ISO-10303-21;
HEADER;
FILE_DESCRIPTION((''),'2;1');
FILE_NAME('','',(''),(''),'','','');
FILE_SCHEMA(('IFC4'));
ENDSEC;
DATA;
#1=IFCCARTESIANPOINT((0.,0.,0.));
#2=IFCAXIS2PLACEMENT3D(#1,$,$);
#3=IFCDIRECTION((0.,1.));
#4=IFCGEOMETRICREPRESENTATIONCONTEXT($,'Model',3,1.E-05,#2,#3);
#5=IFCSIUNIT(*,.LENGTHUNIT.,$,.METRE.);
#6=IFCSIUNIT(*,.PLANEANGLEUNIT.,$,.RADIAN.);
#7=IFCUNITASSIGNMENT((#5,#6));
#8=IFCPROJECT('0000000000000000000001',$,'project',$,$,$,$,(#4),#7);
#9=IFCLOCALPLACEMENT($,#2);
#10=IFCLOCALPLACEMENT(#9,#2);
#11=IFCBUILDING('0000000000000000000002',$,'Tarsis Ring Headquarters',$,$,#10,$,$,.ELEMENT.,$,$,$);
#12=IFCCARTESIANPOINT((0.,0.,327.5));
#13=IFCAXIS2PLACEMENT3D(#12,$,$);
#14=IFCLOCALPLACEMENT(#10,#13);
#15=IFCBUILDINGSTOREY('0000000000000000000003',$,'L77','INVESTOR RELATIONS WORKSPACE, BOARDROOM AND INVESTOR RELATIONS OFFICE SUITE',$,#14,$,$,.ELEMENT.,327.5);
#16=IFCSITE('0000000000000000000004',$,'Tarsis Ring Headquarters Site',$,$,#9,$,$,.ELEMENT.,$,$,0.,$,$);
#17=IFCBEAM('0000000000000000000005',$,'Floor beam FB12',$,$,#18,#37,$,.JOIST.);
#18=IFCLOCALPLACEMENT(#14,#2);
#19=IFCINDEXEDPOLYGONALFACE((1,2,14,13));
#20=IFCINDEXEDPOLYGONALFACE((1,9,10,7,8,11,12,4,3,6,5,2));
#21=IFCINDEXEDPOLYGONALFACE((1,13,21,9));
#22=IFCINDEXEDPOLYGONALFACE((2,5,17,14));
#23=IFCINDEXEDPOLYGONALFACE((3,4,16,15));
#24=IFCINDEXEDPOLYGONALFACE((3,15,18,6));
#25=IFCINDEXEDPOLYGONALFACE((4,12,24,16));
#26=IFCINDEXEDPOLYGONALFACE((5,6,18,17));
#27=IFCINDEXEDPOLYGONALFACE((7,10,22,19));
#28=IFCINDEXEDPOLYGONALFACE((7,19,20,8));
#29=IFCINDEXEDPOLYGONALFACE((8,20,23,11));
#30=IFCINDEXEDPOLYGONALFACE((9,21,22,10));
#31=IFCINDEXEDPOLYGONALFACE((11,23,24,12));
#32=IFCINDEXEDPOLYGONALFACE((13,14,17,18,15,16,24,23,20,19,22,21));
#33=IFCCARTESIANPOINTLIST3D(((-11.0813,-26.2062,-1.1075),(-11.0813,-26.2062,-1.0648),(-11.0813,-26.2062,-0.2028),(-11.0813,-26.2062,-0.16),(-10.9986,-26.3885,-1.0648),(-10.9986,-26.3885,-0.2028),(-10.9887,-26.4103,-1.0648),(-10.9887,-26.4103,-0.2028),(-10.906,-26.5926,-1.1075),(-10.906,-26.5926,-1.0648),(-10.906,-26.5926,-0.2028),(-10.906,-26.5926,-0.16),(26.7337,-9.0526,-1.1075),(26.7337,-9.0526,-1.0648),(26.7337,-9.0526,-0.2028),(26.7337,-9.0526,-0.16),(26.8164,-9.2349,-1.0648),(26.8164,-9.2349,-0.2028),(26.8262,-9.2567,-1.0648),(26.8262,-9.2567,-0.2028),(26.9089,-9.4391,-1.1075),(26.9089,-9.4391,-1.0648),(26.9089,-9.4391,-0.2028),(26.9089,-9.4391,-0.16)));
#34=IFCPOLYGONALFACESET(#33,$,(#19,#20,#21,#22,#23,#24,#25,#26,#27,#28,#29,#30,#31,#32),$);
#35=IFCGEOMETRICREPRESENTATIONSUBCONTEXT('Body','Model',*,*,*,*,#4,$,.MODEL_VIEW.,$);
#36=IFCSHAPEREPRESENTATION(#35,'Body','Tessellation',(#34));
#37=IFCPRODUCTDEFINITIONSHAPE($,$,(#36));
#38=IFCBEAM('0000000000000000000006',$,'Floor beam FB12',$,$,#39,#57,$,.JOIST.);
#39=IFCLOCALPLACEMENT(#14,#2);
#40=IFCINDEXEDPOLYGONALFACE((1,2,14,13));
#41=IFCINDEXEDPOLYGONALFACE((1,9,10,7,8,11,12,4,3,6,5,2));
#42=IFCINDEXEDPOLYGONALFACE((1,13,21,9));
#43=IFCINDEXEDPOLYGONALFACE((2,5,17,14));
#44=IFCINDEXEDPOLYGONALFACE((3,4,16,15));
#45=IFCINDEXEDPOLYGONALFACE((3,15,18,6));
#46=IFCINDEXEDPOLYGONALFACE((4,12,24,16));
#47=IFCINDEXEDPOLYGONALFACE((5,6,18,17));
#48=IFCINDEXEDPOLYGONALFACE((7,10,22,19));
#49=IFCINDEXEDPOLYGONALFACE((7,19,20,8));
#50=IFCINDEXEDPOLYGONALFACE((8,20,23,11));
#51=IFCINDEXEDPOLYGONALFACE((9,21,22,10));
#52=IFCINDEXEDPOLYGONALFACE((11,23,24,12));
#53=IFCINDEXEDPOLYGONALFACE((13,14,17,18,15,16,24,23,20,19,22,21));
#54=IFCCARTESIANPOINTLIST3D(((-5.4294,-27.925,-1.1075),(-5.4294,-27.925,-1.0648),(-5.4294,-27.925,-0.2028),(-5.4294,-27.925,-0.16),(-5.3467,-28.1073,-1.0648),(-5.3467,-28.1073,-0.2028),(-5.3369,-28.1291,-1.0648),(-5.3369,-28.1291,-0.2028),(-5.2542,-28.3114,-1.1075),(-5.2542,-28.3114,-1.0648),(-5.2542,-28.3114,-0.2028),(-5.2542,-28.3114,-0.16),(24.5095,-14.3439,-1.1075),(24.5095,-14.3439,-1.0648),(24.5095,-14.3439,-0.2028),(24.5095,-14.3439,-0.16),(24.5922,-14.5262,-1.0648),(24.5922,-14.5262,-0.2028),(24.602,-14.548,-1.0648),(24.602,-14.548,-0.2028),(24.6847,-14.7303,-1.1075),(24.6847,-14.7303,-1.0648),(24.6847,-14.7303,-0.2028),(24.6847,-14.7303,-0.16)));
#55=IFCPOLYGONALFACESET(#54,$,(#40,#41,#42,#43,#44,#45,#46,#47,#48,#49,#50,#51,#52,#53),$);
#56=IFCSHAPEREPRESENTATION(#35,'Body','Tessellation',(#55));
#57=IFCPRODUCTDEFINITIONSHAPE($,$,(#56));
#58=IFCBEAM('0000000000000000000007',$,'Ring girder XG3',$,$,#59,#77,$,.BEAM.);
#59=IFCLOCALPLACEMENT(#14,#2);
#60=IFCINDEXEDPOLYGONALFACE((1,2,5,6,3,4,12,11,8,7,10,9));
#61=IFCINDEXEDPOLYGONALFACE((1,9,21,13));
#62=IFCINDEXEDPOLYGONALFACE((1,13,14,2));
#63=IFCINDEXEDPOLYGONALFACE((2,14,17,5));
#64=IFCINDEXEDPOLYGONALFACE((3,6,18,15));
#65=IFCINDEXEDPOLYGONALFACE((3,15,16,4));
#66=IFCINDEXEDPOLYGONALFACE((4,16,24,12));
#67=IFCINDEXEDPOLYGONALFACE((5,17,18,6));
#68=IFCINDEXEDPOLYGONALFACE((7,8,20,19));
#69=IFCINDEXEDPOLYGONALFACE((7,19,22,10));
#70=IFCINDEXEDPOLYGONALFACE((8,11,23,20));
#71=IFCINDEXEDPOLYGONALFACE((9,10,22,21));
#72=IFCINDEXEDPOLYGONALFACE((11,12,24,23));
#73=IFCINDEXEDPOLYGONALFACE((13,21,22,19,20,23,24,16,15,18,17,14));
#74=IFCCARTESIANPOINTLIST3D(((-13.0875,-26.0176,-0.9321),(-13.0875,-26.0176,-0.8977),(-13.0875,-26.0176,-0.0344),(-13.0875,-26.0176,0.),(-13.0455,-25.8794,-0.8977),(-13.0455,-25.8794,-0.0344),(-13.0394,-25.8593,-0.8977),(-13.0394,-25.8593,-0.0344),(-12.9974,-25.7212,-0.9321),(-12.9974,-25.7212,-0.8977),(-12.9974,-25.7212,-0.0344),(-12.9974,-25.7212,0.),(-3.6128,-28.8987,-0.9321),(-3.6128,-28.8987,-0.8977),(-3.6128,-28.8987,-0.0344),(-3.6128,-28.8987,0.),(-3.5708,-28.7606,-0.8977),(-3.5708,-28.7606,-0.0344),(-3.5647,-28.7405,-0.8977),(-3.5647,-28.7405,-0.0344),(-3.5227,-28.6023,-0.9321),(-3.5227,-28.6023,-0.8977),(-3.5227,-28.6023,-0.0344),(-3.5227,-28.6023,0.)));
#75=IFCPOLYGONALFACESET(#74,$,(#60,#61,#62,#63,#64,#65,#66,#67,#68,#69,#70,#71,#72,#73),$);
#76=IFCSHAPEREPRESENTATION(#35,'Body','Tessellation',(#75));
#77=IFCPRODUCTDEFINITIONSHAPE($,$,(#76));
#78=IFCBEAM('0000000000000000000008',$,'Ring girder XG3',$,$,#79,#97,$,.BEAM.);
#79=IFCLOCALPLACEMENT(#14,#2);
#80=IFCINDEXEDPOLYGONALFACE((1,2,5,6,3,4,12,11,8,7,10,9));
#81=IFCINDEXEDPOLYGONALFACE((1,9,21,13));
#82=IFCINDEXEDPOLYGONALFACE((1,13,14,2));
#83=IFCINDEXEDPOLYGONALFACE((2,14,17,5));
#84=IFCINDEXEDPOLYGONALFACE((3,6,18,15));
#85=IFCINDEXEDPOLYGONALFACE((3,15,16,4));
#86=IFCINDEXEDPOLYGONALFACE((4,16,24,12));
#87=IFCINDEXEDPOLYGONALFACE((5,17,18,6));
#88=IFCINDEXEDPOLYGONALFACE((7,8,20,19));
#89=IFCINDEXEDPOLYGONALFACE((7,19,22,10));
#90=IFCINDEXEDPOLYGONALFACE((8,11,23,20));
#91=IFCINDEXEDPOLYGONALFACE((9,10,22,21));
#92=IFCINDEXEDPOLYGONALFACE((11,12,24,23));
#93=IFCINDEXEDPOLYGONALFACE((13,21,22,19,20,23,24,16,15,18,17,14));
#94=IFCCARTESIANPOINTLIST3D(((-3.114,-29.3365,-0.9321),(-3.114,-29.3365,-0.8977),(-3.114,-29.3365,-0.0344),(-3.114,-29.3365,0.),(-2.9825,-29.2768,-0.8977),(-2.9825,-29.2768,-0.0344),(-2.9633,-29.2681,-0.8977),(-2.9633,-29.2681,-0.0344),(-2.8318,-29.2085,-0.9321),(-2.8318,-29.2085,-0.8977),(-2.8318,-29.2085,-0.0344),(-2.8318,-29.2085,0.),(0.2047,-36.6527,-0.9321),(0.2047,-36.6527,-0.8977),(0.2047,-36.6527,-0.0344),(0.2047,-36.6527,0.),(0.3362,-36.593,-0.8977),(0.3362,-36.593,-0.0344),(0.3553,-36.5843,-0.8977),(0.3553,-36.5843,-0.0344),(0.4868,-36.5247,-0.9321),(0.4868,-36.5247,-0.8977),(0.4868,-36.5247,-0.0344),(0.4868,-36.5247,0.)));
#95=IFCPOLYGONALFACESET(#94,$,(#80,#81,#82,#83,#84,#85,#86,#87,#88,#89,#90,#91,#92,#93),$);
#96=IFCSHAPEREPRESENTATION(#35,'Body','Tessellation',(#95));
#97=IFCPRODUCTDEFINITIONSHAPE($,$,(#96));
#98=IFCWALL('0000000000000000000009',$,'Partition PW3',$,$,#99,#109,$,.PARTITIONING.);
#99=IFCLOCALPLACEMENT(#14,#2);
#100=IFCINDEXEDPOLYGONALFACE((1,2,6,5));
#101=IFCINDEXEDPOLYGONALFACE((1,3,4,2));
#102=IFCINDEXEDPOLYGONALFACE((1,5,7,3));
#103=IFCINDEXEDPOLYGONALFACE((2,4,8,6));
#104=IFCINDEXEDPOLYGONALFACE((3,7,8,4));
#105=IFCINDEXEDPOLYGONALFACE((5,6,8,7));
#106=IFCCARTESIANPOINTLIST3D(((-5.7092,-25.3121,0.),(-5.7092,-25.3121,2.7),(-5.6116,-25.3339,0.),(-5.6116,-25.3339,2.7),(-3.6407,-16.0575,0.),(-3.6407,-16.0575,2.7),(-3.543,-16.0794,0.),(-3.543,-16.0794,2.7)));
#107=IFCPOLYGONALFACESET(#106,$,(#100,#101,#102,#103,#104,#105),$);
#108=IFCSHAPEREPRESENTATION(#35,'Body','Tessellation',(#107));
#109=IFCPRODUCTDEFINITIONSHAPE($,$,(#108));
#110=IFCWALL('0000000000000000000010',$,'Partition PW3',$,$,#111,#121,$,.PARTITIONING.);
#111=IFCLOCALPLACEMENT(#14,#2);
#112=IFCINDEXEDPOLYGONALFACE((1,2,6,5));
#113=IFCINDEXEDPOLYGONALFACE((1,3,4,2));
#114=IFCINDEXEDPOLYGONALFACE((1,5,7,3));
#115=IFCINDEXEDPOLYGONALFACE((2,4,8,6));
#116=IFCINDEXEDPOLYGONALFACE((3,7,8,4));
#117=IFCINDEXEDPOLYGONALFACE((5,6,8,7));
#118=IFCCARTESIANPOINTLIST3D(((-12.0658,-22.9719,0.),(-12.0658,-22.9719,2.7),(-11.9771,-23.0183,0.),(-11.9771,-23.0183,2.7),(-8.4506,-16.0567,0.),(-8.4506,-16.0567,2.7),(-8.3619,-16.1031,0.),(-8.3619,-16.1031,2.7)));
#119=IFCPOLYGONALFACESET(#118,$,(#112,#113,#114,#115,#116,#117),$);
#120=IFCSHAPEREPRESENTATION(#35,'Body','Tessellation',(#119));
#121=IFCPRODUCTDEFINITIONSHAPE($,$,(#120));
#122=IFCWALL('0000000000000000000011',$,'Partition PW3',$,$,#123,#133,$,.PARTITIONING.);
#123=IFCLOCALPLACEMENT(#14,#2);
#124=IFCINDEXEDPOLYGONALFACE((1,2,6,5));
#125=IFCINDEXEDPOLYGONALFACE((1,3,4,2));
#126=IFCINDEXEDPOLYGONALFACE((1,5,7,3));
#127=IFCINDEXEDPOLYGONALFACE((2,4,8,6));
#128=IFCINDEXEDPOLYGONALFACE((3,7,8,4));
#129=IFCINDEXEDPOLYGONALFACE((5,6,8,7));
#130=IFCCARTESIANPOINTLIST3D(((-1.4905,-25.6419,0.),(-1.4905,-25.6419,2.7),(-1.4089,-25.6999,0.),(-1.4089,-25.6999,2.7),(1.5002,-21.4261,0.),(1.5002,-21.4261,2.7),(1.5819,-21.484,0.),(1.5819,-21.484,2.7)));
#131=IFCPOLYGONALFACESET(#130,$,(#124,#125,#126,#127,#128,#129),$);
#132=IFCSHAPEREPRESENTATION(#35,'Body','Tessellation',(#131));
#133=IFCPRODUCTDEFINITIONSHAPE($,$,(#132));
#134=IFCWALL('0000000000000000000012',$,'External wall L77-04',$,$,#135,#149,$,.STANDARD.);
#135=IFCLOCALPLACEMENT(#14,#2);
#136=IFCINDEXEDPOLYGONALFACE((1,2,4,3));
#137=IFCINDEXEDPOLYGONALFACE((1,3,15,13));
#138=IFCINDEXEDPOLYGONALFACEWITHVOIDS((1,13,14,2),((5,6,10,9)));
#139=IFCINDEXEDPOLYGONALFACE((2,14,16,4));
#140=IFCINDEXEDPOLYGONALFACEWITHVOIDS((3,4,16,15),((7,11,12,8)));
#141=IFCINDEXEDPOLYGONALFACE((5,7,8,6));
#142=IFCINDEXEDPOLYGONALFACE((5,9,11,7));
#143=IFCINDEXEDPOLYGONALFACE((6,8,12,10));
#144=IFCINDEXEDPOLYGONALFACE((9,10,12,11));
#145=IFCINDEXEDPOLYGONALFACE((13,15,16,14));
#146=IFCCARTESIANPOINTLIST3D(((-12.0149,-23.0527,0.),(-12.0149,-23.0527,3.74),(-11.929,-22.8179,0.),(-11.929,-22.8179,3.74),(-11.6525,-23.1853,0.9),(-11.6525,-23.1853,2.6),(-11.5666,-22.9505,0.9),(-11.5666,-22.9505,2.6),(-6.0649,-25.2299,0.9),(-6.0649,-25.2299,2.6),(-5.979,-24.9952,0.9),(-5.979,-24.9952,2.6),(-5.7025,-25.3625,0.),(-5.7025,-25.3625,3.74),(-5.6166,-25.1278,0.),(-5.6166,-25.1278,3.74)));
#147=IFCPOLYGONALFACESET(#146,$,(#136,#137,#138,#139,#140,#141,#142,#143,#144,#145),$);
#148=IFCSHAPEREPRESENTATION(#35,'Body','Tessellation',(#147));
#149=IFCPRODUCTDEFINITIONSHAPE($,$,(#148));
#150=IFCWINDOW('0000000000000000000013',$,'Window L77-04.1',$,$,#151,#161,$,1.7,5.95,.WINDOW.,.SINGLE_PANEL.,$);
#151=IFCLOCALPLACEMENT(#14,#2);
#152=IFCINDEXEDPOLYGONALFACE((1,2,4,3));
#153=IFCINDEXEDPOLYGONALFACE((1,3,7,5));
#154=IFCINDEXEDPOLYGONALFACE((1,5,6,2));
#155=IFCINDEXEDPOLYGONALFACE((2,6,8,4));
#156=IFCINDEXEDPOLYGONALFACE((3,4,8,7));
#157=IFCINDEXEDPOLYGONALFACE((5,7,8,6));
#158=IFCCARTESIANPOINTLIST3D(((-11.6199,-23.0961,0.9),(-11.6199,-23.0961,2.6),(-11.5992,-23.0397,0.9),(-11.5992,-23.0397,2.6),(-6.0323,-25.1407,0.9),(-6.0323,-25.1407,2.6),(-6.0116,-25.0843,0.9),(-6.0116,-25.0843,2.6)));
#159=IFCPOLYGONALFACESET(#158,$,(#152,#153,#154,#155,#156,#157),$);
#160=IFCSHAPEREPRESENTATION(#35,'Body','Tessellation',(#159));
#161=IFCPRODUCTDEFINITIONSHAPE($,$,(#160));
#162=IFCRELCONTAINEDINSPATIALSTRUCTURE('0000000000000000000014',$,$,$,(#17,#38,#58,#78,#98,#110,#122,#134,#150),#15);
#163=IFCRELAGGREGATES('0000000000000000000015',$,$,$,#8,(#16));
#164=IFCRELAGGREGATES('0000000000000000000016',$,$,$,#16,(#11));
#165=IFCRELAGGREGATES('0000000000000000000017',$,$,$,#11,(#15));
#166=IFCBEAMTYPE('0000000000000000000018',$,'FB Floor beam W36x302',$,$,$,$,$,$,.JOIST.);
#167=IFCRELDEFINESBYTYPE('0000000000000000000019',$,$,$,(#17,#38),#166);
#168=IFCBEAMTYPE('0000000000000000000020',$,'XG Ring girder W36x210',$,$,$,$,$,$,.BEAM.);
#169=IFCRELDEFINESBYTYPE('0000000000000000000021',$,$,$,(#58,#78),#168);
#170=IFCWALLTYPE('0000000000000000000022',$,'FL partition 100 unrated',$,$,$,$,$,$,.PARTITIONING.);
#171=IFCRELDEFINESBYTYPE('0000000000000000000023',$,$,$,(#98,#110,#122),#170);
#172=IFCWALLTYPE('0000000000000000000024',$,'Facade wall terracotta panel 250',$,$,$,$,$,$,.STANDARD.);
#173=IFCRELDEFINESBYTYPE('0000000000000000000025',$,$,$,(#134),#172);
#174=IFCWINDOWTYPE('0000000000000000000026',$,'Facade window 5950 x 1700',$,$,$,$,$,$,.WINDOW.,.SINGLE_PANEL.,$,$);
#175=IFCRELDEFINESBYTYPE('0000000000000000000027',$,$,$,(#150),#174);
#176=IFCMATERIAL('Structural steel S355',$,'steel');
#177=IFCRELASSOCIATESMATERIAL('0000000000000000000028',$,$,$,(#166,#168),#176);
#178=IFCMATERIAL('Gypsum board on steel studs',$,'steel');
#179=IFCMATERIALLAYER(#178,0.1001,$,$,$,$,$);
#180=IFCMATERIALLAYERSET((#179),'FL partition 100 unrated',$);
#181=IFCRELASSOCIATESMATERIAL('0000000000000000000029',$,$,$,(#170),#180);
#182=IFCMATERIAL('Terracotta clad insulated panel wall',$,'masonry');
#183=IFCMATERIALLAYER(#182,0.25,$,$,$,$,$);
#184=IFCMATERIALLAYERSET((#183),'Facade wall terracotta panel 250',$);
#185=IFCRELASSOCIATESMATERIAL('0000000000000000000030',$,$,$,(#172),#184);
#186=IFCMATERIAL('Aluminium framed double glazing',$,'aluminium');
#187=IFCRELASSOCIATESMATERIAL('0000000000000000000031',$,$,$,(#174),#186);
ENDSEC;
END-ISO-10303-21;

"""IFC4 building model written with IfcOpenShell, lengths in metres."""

from ifc_helpers import new_model, si_unit, direction, frame, frame_2d, origin, origin_2d, place, context, subcontext, project, spatial, rectangle, i_section, extrude, material, layer, layer_set, material_profile, profile_set, type_object, element, fill, save


model = new_model("IFC4")

# Units and contexts
model_context = context("Model", 3, precision=1e-05, world=origin(), true_north=direction((0.0, 1.0)))
body_context = subcontext(model_context, "Body", "Model", "MODEL_VIEW")
ifc_project = project(units=[si_unit("LENGTHUNIT", "METRE"), si_unit("PLANEANGLEUNIT", "RADIAN")], contexts=[model_context])

# Site, building, storey
site_placement = place(None, origin())
site = spatial("IfcSite", under=ifc_project, at=site_placement, Name="Tarsis Ring Headquarters Site", CompositionType="ELEMENT", RefElevation=0.0)
building_placement = place(site_placement, origin())
building = spatial("IfcBuilding", under=site, at=building_placement, Name="Tarsis Ring Headquarters", CompositionType="ELEMENT")
storey_placement = place(building_placement, frame((0.0, 0.0, 327.5)))
storey = spatial("IfcBuildingStorey", under=building, at=storey_placement, Name="L77", Description="INVESTOR RELATIONS WORKSPACE, BOARDROOM AND INVESTOR RELATIONS OFFICE SUITE", CompositionType="ELEMENT", Elevation=327.5)

# Shared definitions
ifc_material_1 = material(Name="Structural steel S355", Category="steel")

# Beams
ifc_material_profile_1 = material_profile(ifc_material_1, i_section(OverallWidth=0.4243, OverallDepth=0.9475, WebThickness=0.0239, FlangeThickness=0.0427, at=origin_2d()), Name="W36x302")
ifc_profile_set_1 = profile_set([ifc_material_profile_1], Name="Structural steel S355")
beam_type_1 = type_object("IfcBeamType", Name="FB Floor beam W36x302", PredefinedType="JOIST", material=ifc_profile_set_1)
beam_1_placement = place(storey_placement, frame((-10.9937, -26.3994, -0.6338), z_axis=(0.910684, 0.413103, 0.0), x_axis=(-0.413103, 0.910684, 0.0)))
element("IfcBeam", 1, at=beam_1_placement, inside=storey, type_object=beam_type_1, Name="Floor beam FB12", PredefinedType="JOIST", context=body_context, shape_type="SweptSolid", body=[
    extrude(i_section(OverallWidth=0.4243, OverallDepth=0.9475, WebThickness=0.0239, FlangeThickness=0.0427, at=origin_2d()), origin(), (0.0, 0.0, 1.0), 41.5237),
])
beam_2_placement = place(storey_placement, frame((-5.3418, -28.1182, -0.6338), z_axis=(0.910682, 0.413108, 0.0), x_axis=(-0.413108, 0.910682, 0.0)))
element("IfcBeam", 2, at=beam_2_placement, inside=storey, type_object=beam_type_1, Name="Floor beam FB12", PredefinedType="JOIST", context=body_context, shape_type="SweptSolid", body=[
    extrude(i_section(OverallWidth=0.4243, OverallDepth=0.9475, WebThickness=0.0239, FlangeThickness=0.0427, at=origin_2d()), origin(), (0.0, 0.0, 1.0), 32.8752),
])
ifc_material_profile_2 = material_profile(ifc_material_1, i_section(OverallWidth=0.3098, OverallDepth=0.9321, WebThickness=0.021, FlangeThickness=0.0344, at=origin_2d()), Name="W36x210")
ifc_profile_set_2 = profile_set([ifc_material_profile_2], Name="Structural steel S355")
beam_type_2 = type_object("IfcBeamType", Name="XG Ring girder W36x210", PredefinedType="BEAM", material=ifc_profile_set_2)
beam_3_placement = place(storey_placement, frame((-13.0425, -25.8694, -0.4661), z_axis=(0.956743, -0.290933, 0.0), x_axis=(0.290933, 0.956743, 0.0)))
element("IfcBeam", 3, at=beam_3_placement, inside=storey, type_object=beam_type_2, Name="Ring girder XG3", PredefinedType="BEAM", context=body_context, shape_type="SweptSolid", body=[
    extrude(i_section(OverallWidth=0.3098, OverallDepth=0.9321, WebThickness=0.021, FlangeThickness=0.0344, at=origin_2d()), origin(), (0.0, 0.0, 1.0), 9.9031),
])
beam_4_placement = place(storey_placement, frame((-2.9729, -29.2725, -0.4661), z_axis=(0.413088, -0.910691, 0.0), x_axis=(0.910691, 0.413088, 0.0)))
element("IfcBeam", 4, at=beam_4_placement, inside=storey, type_object=beam_type_2, Name="Ring girder XG3", PredefinedType="BEAM", context=body_context, shape_type="SweptSolid", body=[
    extrude(i_section(OverallWidth=0.3098, OverallDepth=0.9321, WebThickness=0.021, FlangeThickness=0.0344, at=origin_2d()), origin(), (0.0, 0.0, 1.0), 8.0337),
])

# Walls
ifc_material_2 = material(Name="Gypsum board on steel studs", Category="steel")
ifc_layer_1 = layer(ifc_material_2, 0.1001)
ifc_layer_set_1 = layer_set([ifc_layer_1], Name="FL partition 100 unrated")
wall_type_1 = type_object("IfcWallType", Name="FL partition 100 unrated", PredefinedType="PARTITIONING", material=ifc_layer_set_1)
wall_1_placement = place(storey_placement, frame((-5.6604, -25.323, 0.0), z_axis=(0.0, 0.0, 1.0), x_axis=(0.218138, 0.975918, 0.0)))
element("IfcWall", 5, at=wall_1_placement, inside=storey, type_object=wall_type_1, Name="Partition PW3", PredefinedType="PARTITIONING", context=body_context, shape_type="SweptSolid", body=[
    extrude(rectangle(XDim=9.4829, YDim=0.1001, at=frame_2d((4.7415, 0.0))), origin(), (0.0, 0.0, 1.0), 2.7),
])
wall_2_placement = place(storey_placement, frame((-12.0215, -22.9951, 0.0), z_axis=(0.0, 0.0, 1.0), x_axis=(0.463297, 0.886203, 0.0)))
element("IfcWall", 6, at=wall_2_placement, inside=storey, type_object=wall_type_1, Name="Partition PW3", PredefinedType="PARTITIONING", context=body_context, shape_type="SweptSolid", body=[
    extrude(rectangle(XDim=7.8032, YDim=0.1001, at=frame_2d((3.9016, 0.0))), origin(), (0.0, 0.0, 1.0), 2.7),
])
wall_3_placement = place(storey_placement, frame((-1.4497, -25.6709, 0.0), z_axis=(0.0, 0.0, 1.0), x_axis=(0.578599, 0.815612, 0.0)))
element("IfcWall", 7, at=wall_3_placement, inside=storey, type_object=wall_type_1, Name="Partition PW3", PredefinedType="PARTITIONING", context=body_context, shape_type="SweptSolid", body=[
    extrude(rectangle(XDim=5.1689, YDim=0.1001, at=frame_2d((2.5845, 0.0))), origin(), (0.0, 0.0, 1.0), 2.7),
])

# Wall, opening, window
ifc_material_3 = material(Name="Terracotta clad insulated panel wall", Category="masonry")
ifc_layer_2 = layer(ifc_material_3, 0.25)
ifc_layer_set_2 = layer_set([ifc_layer_2], Name="Facade wall terracotta panel 250")
wall_type_2 = type_object("IfcWallType", Name="Facade wall terracotta panel 250", PredefinedType="STANDARD", material=ifc_layer_set_2)
wall_4_placement = place(storey_placement, frame((-11.9719, -22.9353, 0.0), z_axis=(0.0, 0.0, 1.0), x_axis=(0.939101, -0.343641, 0.0)))
wall_4 = element("IfcWall", 8, at=wall_4_placement, inside=storey, type_object=wall_type_2, Name="External wall L77-04", PredefinedType="STANDARD", context=body_context, shape_type="SweptSolid", body=[
    extrude(rectangle(XDim=6.7217, YDim=0.25, at=frame_2d((3.3608, 0.0))), origin(), (0.0, 0.0, 1.0), 3.74),
])
opening_1_placement = place(wall_4_placement, frame((0.3857, 0.0, 0.8999)))
opening_1 = element("IfcOpeningElement", 9, at=opening_1_placement, cuts=wall_4, PredefinedType="OPENING", context=body_context, shape_type="SweptSolid", body=[
    extrude(rectangle(XDim=5.95, YDim=1.7, at=frame_2d((2.9751, 0.8501))), frame((0.0, 0.135, 0.0), z_axis=(0.0, -1.0, 0.0), x_axis=(1.0, 0.0, 0.0)), (0.0, 0.0, 1.0), 0.27),
])
ifc_material_4 = material(Name="Aluminium framed double glazing", Category="aluminium")
window_type_1 = type_object("IfcWindowType", Name="Facade window 5950 x 1700", PartitioningType="SINGLE_PANEL", PredefinedType="WINDOW", material=ifc_material_4)
window_1_placement = place(opening_1_placement, origin())
window_1 = element("IfcWindow", 10, at=window_1_placement, inside=storey, type_object=window_type_1, Name="Window L77-04.1", OverallHeight=1.7, OverallWidth=5.95, PartitioningType="SINGLE_PANEL", PredefinedType="WINDOW", context=body_context, shape_type="SweptSolid", body=[
    extrude(rectangle(XDim=5.95, YDim=1.7, at=frame_2d((2.9751, 0.8501))), frame((0.0, 0.03, 0.0), z_axis=(0.0, -1.0, 0.0), x_axis=(1.0, 0.0, 0.0)), (0.0, 0.0, 1.0), 0.0601),
])
fill(opening_1, window_1)

save(model, "model.ifc")
